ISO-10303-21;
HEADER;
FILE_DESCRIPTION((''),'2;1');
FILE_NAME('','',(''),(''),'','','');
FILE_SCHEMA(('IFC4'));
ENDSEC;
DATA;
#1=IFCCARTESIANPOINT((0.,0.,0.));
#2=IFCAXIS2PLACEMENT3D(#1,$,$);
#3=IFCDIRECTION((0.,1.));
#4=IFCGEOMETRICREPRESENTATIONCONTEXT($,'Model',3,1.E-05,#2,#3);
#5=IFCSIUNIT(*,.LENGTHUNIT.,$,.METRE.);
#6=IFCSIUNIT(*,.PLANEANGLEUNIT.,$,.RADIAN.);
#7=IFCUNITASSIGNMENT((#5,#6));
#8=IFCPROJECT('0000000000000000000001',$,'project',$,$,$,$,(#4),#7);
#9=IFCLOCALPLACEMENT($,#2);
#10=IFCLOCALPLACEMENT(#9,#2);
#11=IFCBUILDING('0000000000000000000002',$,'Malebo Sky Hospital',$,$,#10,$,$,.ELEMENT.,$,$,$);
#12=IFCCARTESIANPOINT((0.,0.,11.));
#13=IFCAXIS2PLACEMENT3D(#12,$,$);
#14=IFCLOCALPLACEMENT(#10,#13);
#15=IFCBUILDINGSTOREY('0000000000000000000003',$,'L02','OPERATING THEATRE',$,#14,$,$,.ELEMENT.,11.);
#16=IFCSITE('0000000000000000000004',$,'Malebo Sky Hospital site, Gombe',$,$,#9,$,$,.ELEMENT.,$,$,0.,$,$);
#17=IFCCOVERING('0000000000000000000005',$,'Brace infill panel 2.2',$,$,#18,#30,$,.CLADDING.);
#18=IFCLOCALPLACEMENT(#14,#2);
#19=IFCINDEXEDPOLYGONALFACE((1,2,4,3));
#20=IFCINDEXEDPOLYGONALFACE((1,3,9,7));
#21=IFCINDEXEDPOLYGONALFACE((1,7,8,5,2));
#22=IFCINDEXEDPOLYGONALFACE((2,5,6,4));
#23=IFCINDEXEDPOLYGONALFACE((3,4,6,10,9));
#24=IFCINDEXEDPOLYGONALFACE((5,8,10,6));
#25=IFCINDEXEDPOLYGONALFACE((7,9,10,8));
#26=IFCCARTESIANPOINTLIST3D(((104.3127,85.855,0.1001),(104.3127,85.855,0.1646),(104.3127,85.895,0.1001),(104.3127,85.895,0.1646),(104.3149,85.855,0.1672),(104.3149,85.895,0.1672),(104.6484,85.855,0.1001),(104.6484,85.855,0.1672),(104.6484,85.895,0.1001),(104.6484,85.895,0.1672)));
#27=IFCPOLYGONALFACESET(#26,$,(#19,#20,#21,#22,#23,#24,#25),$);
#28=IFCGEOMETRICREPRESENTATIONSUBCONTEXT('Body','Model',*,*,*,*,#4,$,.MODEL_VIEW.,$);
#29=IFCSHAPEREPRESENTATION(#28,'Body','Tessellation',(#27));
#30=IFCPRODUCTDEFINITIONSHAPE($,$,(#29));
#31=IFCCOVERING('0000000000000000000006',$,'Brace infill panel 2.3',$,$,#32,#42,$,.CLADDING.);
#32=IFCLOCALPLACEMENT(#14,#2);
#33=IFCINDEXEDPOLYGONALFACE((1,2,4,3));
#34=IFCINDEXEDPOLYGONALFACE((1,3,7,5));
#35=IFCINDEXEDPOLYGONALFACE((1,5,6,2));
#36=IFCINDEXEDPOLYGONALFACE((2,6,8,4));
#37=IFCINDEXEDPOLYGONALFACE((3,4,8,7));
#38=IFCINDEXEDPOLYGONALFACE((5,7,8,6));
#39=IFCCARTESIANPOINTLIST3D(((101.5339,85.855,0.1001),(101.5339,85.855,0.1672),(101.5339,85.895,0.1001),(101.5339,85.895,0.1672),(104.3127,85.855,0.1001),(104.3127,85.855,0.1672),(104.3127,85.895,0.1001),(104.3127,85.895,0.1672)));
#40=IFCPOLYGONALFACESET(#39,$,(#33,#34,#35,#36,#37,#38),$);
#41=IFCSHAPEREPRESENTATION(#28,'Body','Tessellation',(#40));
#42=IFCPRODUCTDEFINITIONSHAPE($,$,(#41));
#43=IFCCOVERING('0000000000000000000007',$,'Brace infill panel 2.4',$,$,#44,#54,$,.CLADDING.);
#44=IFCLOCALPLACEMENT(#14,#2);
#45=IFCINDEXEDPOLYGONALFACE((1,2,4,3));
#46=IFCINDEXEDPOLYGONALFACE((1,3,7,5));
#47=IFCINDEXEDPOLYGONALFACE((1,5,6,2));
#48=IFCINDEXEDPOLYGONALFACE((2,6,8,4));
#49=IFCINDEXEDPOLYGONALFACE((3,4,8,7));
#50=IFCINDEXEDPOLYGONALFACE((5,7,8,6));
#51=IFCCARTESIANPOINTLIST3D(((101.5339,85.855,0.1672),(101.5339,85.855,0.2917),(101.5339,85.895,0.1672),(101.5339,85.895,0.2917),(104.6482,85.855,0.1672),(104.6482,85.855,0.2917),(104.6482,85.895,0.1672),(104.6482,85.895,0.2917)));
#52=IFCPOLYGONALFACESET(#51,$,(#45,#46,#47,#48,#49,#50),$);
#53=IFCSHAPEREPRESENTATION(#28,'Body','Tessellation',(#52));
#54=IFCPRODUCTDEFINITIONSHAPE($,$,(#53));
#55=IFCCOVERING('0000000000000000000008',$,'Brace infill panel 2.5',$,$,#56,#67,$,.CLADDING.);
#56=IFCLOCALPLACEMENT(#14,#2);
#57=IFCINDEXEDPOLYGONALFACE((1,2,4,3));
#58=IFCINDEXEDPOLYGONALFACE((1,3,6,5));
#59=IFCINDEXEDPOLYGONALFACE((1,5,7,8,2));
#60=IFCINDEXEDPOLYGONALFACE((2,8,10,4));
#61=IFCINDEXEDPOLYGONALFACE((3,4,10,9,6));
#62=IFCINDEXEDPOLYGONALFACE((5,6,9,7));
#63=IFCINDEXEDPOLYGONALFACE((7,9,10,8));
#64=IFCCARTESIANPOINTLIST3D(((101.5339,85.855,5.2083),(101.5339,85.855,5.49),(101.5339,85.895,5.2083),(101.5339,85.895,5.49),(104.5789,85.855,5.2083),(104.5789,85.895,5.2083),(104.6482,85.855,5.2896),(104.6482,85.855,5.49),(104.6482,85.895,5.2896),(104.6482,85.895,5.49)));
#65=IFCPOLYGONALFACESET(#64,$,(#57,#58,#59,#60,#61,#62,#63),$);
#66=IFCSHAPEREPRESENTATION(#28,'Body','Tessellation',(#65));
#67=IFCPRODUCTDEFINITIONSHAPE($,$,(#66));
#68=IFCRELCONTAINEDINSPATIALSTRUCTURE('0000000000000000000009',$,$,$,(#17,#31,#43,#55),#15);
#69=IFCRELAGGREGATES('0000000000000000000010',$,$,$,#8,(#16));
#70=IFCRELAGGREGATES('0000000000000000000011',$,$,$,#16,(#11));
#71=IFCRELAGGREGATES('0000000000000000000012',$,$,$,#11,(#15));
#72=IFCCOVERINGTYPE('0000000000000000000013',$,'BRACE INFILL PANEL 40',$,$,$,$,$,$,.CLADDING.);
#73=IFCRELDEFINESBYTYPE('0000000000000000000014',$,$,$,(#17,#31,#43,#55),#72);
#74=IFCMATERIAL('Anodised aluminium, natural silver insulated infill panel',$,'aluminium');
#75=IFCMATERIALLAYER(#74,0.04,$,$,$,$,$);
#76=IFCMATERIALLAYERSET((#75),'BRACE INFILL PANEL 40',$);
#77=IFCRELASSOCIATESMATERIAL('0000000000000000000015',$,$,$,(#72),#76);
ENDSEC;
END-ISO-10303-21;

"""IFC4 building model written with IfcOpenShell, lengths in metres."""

from ifc_helpers import new_model, si_unit, direction, frame, origin, place, context, subcontext, project, spatial, polyline, outline, extrude, material, layer, layer_set, type_object, element, save


model = new_model("IFC4")

# Units and contexts
model_context = context("Model", 3, precision=1e-05, world=origin(), true_north=direction((0.0, 1.0)))
body_context = subcontext(model_context, "Body", "Model", "MODEL_VIEW")
ifc_project = project(units=[si_unit("LENGTHUNIT", "METRE"), si_unit("PLANEANGLEUNIT", "RADIAN")], contexts=[model_context])

# Site, building, storey
site_placement = place(None, origin())
site = spatial("IfcSite", under=ifc_project, at=site_placement, Name="Malebo Sky Hospital site, Gombe", CompositionType="ELEMENT", RefElevation=0.0)
building_placement = place(site_placement, origin())
building = spatial("IfcBuilding", under=site, at=building_placement, Name="Malebo Sky Hospital", CompositionType="ELEMENT")
storey_placement = place(building_placement, frame((0.0, 0.0, 11.0)))
storey = spatial("IfcBuildingStorey", under=building, at=storey_placement, Name="L02", Description="OPERATING THEATRE", CompositionType="ELEMENT", Elevation=11.0)

# Coverings
ifc_material_1 = material(Name="Anodised aluminium, natural silver insulated infill panel", Category="aluminium")
ifc_layer_1 = layer(ifc_material_1, 0.04)
ifc_layer_set_1 = layer_set([ifc_layer_1], Name="BRACE INFILL PANEL 40")
covering_type = type_object("IfcCoveringType", Name="BRACE INFILL PANEL 40", PredefinedType="CLADDING", material=ifc_layer_set_1)
covering_1_placement = place(storey_placement, frame((104.4805, 85.875, 0.1001), z_axis=(0.0, 0.0, 1.0), x_axis=(-1.0, 0.0, 0.0)))
element("IfcCovering", 1, at=covering_1_placement, inside=storey, type_object=covering_type, Name="Brace infill panel 2.2", PredefinedType="CLADDING", context=body_context, shape_type="SweptSolid", body=[
    extrude(outline(polyline([(-0.168, 0.0), (0.1677, 0.0), (0.1677, 0.0645), (0.1655, 0.0671), (-0.168, 0.0671), (-0.168, 0.0)])), frame((0.0, 0.02, 0.0), z_axis=(0.0, -1.0, 0.0), x_axis=(1.0, 0.0, 0.0)), (0.0, 0.0, 1.0), 0.04),
])
covering_2_placement = place(storey_placement, frame((102.9233, 85.875, 0.1001), z_axis=(0.0, 0.0, 1.0), x_axis=(-1.0, 0.0, 0.0)))
element("IfcCovering", 2, at=covering_2_placement, inside=storey, type_object=covering_type, Name="Brace infill panel 2.3", PredefinedType="CLADDING", context=body_context, shape_type="SweptSolid", body=[
    extrude(outline(polyline([(-1.3894, 0.0), (1.3894, 0.0), (1.3894, 0.0671), (-1.3894, 0.0671), (-1.3894, 0.0)])), frame((0.0, 0.02, 0.0), z_axis=(0.0, -1.0, 0.0), x_axis=(1.0, 0.0, 0.0)), (0.0, 0.0, 1.0), 0.04),
])
covering_3_placement = place(storey_placement, frame((103.0911, 85.875, 0.1672), z_axis=(0.0, 0.0, 1.0), x_axis=(-1.0, 0.0, 0.0)))
element("IfcCovering", 3, at=covering_3_placement, inside=storey, type_object=covering_type, Name="Brace infill panel 2.4", PredefinedType="CLADDING", context=body_context, shape_type="SweptSolid", body=[
    extrude(outline(polyline([(-1.5571, 0.0), (1.5571, 0.0), (1.5571, 0.1245), (-1.5571, 0.1245), (-1.5571, 0.0)])), frame((0.0, 0.02, 0.0), z_axis=(0.0, -1.0, 0.0), x_axis=(1.0, 0.0, 0.0)), (0.0, 0.0, 1.0), 0.04),
])
covering_4_placement = place(storey_placement, frame((103.0911, 85.875, 5.2083), z_axis=(0.0, 0.0, 1.0), x_axis=(-1.0, 0.0, 0.0)))
element("IfcCovering", 4, at=covering_4_placement, inside=storey, type_object=covering_type, Name="Brace infill panel 2.5", PredefinedType="CLADDING", context=body_context, shape_type="SweptSolid", body=[
    extrude(outline(polyline([(-1.4878, 0.0), (1.5571, 0.0), (1.5571, 0.2817), (-1.5571, 0.2817), (-1.5571, 0.0813), (-1.4878, 0.0)])), frame((0.0, 0.02, 0.0), z_axis=(0.0, -1.0, 0.0), x_axis=(1.0, 0.0, 0.0)), (0.0, 0.0, 1.0), 0.04),
])

save(model, "model.ifc")
